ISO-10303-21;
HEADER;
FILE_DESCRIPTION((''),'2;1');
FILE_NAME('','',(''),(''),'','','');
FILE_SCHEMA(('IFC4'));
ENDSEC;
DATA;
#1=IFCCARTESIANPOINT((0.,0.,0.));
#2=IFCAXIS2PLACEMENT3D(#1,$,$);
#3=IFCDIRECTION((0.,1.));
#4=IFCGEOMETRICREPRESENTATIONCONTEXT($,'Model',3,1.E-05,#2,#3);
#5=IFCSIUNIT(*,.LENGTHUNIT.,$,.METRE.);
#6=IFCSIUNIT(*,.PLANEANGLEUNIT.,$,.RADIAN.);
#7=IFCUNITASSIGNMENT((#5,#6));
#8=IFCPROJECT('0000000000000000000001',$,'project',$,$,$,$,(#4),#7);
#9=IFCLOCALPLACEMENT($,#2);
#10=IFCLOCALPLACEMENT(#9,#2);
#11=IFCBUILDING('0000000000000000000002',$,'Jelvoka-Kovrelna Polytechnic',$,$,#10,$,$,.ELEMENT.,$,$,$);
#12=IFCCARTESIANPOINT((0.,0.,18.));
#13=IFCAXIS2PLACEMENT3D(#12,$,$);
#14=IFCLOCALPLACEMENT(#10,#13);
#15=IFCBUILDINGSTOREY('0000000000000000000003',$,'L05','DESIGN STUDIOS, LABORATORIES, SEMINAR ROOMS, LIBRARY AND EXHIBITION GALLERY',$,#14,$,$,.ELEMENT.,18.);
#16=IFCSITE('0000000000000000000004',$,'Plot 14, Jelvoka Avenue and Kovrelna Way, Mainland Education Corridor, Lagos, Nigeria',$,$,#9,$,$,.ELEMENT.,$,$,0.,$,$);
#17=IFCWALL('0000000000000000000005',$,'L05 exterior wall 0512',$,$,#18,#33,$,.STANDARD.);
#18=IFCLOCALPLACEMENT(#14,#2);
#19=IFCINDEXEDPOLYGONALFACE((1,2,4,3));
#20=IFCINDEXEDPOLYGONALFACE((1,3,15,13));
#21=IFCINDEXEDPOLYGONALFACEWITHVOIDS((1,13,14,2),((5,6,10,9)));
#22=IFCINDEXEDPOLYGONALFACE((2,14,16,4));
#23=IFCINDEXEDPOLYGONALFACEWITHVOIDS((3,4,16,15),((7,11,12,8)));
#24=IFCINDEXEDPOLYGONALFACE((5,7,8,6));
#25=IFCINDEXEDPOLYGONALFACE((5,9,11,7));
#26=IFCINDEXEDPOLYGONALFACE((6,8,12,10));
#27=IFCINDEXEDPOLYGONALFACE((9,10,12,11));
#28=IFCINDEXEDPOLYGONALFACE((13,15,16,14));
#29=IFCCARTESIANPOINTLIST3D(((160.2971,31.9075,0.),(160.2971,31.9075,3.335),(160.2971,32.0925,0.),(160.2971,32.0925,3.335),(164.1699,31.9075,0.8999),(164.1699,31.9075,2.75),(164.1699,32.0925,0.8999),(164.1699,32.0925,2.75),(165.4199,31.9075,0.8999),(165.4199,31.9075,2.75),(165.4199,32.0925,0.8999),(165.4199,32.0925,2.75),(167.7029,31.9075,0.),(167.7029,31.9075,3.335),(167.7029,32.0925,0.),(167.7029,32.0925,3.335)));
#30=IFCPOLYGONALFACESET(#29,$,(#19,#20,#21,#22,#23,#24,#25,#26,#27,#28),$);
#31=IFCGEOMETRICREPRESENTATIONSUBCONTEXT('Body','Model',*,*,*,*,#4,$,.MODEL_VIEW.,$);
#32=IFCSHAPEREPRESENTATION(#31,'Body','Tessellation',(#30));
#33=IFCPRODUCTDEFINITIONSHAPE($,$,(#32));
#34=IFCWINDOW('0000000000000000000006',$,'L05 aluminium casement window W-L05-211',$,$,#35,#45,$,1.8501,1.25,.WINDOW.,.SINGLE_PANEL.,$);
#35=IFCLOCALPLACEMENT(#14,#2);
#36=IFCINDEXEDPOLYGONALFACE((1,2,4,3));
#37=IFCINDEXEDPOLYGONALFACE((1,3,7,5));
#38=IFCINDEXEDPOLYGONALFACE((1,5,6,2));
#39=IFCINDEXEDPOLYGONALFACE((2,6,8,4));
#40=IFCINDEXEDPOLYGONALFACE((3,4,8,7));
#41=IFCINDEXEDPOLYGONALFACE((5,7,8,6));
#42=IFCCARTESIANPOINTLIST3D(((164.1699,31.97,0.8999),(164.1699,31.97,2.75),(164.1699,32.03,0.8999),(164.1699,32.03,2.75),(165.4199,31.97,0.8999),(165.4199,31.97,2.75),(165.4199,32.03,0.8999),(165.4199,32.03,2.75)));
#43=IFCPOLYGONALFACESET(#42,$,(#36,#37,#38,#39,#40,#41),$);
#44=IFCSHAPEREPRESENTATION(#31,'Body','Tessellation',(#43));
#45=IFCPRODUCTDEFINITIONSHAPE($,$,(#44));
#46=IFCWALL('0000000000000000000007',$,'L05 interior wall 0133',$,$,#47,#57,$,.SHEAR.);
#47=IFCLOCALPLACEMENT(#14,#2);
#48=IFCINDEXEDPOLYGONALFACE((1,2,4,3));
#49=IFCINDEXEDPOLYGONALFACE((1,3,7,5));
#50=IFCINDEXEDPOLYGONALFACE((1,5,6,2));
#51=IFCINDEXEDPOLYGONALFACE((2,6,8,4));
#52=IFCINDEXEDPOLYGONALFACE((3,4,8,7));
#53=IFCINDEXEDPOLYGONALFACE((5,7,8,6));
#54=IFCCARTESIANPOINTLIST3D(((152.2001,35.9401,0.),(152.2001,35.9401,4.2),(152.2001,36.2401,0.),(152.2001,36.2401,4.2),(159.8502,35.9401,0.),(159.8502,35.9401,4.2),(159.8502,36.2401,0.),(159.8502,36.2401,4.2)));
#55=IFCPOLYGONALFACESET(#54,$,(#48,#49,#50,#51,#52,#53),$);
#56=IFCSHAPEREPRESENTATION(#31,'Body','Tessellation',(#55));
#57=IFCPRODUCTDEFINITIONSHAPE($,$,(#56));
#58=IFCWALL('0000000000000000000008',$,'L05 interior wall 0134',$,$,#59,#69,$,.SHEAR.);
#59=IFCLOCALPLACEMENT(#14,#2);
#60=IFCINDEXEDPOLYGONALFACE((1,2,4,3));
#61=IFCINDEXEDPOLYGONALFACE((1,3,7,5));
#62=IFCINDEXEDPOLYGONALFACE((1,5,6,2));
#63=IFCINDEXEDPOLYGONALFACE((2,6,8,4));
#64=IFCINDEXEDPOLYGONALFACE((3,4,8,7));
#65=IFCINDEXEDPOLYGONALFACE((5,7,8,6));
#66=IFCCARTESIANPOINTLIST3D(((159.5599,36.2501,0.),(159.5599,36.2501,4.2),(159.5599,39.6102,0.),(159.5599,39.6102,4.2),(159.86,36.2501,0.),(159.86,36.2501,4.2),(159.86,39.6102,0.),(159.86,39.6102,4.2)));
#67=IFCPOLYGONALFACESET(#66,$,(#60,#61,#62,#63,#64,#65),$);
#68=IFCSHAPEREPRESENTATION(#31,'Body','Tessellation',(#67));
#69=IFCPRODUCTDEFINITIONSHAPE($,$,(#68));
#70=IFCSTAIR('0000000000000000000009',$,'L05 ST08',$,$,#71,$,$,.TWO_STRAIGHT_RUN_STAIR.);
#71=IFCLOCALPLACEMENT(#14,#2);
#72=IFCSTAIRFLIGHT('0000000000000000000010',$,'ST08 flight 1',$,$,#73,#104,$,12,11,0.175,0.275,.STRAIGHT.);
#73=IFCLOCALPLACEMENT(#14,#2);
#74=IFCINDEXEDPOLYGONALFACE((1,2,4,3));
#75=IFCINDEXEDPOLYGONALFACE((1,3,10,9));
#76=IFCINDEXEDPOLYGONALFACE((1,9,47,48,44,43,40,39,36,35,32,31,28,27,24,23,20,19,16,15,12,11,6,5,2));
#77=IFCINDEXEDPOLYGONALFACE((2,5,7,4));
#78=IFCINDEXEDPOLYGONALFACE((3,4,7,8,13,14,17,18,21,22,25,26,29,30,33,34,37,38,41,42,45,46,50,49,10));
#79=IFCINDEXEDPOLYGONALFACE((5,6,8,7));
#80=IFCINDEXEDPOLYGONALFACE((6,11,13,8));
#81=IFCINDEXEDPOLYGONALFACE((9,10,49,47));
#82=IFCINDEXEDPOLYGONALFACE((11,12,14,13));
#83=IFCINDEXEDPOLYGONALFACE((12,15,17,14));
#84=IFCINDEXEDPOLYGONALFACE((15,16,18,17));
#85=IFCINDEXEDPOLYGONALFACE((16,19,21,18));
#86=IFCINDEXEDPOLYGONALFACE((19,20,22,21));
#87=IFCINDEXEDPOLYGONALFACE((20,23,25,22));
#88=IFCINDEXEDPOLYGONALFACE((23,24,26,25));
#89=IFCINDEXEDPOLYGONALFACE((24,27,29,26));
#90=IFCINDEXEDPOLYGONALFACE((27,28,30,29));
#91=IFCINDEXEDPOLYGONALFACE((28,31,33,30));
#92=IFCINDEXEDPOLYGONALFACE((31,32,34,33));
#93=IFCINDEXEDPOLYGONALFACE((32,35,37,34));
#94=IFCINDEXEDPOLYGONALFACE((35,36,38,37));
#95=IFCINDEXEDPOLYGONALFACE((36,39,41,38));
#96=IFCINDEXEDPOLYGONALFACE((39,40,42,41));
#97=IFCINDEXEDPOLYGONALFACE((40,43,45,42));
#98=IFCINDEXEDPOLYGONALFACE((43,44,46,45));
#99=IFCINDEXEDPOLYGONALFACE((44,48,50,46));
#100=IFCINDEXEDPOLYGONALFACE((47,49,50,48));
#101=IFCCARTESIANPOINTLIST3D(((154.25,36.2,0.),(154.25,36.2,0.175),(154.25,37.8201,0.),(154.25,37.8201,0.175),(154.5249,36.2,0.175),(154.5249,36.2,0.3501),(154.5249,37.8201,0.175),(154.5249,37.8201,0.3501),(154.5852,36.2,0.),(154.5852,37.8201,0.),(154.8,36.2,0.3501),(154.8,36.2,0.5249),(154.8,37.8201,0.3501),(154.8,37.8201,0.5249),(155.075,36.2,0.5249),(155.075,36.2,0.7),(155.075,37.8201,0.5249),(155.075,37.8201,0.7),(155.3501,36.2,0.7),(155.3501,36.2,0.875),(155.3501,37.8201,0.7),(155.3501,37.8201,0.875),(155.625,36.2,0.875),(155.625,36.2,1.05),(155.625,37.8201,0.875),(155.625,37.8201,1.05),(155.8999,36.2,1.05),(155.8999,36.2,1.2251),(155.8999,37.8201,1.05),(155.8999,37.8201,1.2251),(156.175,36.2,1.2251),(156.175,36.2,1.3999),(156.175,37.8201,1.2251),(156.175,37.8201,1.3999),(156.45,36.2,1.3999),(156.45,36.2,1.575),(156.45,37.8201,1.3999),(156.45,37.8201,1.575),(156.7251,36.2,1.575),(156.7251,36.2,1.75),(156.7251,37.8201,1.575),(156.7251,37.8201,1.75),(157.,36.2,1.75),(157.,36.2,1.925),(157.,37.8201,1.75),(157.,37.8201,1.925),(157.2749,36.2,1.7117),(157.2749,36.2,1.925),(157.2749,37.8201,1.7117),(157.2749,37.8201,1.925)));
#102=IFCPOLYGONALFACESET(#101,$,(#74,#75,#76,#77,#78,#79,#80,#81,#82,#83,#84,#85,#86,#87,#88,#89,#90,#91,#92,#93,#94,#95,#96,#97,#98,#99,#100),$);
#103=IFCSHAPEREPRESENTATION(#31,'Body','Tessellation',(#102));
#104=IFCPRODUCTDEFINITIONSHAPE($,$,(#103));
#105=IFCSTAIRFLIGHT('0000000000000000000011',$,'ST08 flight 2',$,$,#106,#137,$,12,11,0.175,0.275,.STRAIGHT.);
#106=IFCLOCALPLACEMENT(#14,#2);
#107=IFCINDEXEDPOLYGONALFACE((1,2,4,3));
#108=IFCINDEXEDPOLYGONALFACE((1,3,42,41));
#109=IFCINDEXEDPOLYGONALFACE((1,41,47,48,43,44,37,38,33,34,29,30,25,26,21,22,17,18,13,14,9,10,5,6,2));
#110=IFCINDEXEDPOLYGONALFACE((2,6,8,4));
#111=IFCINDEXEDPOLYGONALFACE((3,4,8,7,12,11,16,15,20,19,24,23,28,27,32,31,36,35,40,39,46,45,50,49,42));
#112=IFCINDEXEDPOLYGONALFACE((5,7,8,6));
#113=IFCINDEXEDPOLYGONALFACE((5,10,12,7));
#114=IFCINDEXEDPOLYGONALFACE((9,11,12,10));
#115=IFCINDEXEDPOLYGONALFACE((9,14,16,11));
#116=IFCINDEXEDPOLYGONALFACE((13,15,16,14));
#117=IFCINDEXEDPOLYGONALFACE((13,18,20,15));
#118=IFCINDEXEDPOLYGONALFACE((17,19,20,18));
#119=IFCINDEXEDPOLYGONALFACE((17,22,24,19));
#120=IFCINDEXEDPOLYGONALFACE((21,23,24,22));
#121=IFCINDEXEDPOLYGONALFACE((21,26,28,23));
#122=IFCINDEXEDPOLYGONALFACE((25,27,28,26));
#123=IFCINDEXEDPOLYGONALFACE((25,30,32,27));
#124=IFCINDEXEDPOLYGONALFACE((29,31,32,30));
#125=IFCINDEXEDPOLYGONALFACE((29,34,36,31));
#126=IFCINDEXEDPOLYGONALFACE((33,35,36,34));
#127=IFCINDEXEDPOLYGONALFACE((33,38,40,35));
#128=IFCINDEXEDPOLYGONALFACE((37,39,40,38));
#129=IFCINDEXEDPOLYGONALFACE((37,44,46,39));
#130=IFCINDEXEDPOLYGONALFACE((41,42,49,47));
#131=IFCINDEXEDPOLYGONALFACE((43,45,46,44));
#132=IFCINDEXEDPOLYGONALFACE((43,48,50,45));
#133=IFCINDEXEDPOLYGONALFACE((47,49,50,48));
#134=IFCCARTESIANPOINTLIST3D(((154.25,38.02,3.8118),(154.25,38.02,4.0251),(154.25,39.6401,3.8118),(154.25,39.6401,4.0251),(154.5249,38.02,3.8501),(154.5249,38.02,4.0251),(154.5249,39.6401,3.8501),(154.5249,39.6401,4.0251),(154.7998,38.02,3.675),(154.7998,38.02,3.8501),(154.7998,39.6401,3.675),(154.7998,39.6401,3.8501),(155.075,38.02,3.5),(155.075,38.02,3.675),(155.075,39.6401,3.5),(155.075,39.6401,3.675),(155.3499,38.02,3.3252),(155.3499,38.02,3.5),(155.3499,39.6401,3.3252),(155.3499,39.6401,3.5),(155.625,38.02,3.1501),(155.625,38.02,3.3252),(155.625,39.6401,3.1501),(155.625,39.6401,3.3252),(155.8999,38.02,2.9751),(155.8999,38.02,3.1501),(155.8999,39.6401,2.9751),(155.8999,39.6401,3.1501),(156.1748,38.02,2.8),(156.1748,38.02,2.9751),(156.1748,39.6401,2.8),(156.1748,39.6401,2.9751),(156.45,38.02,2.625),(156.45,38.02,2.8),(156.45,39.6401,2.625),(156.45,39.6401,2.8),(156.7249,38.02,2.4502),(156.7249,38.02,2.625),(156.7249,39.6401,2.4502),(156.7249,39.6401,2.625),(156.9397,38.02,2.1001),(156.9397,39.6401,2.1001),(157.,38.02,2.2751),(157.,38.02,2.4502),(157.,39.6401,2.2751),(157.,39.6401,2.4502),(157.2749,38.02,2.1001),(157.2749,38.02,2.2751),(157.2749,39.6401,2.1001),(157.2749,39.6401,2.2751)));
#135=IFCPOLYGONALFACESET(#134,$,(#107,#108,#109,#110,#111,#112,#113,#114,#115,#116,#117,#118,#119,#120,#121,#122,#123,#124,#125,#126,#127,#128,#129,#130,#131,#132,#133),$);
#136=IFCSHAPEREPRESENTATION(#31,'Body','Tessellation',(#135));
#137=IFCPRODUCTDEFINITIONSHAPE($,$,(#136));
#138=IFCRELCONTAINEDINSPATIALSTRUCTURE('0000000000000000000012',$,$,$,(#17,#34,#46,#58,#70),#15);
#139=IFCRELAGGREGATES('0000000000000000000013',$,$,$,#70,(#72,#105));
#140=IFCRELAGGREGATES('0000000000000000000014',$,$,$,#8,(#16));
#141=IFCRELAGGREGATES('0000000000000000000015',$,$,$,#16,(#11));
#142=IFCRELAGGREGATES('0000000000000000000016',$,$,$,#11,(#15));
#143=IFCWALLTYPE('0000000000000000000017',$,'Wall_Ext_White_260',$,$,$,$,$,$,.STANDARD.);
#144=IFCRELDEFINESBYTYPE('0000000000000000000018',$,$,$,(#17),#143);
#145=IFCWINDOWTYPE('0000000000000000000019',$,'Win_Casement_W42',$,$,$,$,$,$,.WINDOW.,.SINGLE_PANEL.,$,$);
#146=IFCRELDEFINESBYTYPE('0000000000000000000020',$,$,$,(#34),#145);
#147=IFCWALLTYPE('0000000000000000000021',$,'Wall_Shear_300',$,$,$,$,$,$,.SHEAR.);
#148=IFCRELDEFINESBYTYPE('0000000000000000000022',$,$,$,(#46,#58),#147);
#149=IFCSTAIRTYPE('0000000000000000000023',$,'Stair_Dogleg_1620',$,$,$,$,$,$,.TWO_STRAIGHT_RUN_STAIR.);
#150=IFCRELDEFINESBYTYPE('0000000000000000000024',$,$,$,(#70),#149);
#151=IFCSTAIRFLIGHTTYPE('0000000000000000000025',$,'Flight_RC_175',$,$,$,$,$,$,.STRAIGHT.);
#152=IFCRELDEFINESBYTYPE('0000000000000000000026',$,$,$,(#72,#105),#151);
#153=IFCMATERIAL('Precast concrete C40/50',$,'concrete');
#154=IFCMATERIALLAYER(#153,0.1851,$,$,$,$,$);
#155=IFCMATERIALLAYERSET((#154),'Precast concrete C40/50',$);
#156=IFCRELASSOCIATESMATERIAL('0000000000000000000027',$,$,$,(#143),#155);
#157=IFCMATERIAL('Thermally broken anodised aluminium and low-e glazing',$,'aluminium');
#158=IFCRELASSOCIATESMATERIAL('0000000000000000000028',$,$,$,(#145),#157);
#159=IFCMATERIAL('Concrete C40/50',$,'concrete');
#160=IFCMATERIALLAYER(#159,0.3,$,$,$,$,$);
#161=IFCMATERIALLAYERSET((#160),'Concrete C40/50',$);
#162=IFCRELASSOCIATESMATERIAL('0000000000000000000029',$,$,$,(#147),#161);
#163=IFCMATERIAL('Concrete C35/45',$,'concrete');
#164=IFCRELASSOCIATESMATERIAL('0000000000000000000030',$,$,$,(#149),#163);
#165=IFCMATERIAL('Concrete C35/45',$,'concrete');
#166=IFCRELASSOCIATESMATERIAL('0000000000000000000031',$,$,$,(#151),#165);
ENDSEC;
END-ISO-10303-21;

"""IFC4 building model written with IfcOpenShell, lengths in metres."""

from ifc_helpers import new_model, si_unit, direction, frame, frame_2d, origin, place, context, subcontext, project, spatial, polyline, rectangle, outline, extrude, material, layer, layer_set, type_object, element, fill, aggregate, save


model = new_model("IFC4")

# Units and contexts
model_context = context("Model", 3, precision=1e-05, world=origin(), true_north=direction((0.0, 1.0)))
body_context = subcontext(model_context, "Body", "Model", "MODEL_VIEW")
ifc_project = project(units=[si_unit("LENGTHUNIT", "METRE"), si_unit("PLANEANGLEUNIT", "RADIAN")], contexts=[model_context])

# Site, building, storey
site_placement = place(None, origin())
site = spatial("IfcSite", under=ifc_project, at=site_placement, Name="Plot 14, Jelvoka Avenue and Kovrelna Way, Mainland Education Corridor, Lagos, Nigeria", CompositionType="ELEMENT", RefElevation=0.0)
building_placement = place(site_placement, origin())
building = spatial("IfcBuilding", under=site, at=building_placement, Name="Jelvoka-Kovrelna Polytechnic", CompositionType="ELEMENT")
storey_placement = place(building_placement, frame((0.0, 0.0, 18.0)))
storey = spatial("IfcBuildingStorey", under=building, at=storey_placement, Name="L05", Description="DESIGN STUDIOS, LABORATORIES, SEMINAR ROOMS, LIBRARY AND EXHIBITION GALLERY", CompositionType="ELEMENT", Elevation=18.0)

# Wall, opening, window
ifc_material_1 = material(Name="Precast concrete C40/50", Category="concrete")
ifc_layer_1 = layer(ifc_material_1, 0.1851)
ifc_layer_set_1 = layer_set([ifc_layer_1], Name="Precast concrete C40/50")
wall_type_1 = type_object("IfcWallType", Name="Wall_Ext_White_260", PredefinedType="STANDARD", material=ifc_layer_set_1)
wall_1_placement = place(storey_placement, frame((167.7029, 32.0, 0.0), z_axis=(0.0, 0.0, 1.0), x_axis=(-1.0, 0.0, 0.0)))
wall_1 = element("IfcWall", 1, at=wall_1_placement, inside=storey, type_object=wall_type_1, Name="L05 exterior wall 0512", PredefinedType="STANDARD", context=body_context, shape_type="SweptSolid", body=[
    extrude(rectangle(XDim=7.4058, YDim=0.1851, at=frame_2d((3.7029, 0.0))), origin(), (0.0, 0.0, 1.0), 3.335),
])
opening_1_placement = place(wall_1_placement, frame((2.283, 0.0, 0.8999)))
opening_1 = element("IfcOpeningElement", 2, at=opening_1_placement, cuts=wall_1, PredefinedType="OPENING", context=body_context, shape_type="SweptSolid", body=[
    extrude(rectangle(XDim=1.25, YDim=1.8501, at=frame_2d((0.625, 0.925))), frame((0.0, 0.1025, 0.0), z_axis=(0.0, -1.0, 0.0), x_axis=(1.0, 0.0, 0.0)), (0.0, 0.0, 1.0), 0.2051),
])
ifc_material_2 = material(Name="Thermally broken anodised aluminium and low-e glazing", Category="aluminium")
window_type = type_object("IfcWindowType", Name="Win_Casement_W42", PartitioningType="SINGLE_PANEL", PredefinedType="WINDOW", material=ifc_material_2)
window_placement = place(opening_1_placement, origin())
window = element("IfcWindow", 3, at=window_placement, inside=storey, type_object=window_type, Name="L05 aluminium casement window W-L05-211", OverallHeight=1.8501, OverallWidth=1.25, PartitioningType="SINGLE_PANEL", PredefinedType="WINDOW", context=body_context, shape_type="SweptSolid", body=[
    extrude(rectangle(XDim=1.25, YDim=1.8501, at=frame_2d((0.625, 0.925))), frame((0.0, 0.03, 0.0), z_axis=(0.0, -1.0, 0.0), x_axis=(1.0, 0.0, 0.0)), (0.0, 0.0, 1.0), 0.0601),
])
fill(opening_1, window)

# Walls
ifc_material_3 = material(Name="Concrete C40/50", Category="concrete")
ifc_layer_2 = layer(ifc_material_3, 0.3)
ifc_layer_set_2 = layer_set([ifc_layer_2], Name="Concrete C40/50")
wall_type_2 = type_object("IfcWallType", Name="Wall_Shear_300", PredefinedType="SHEAR", material=ifc_layer_set_2)
wall_2_placement = place(storey_placement, frame((152.2, 36.0901, 0.0), z_axis=(0.0, 0.0, 1.0), x_axis=(1.0, 0.0, 0.0)))
element("IfcWall", 4, at=wall_2_placement, inside=storey, type_object=wall_type_2, Name="L05 interior wall 0133", PredefinedType="SHEAR", context=body_context, shape_type="SweptSolid", body=[
    extrude(rectangle(XDim=7.6501, YDim=0.3, at=frame_2d((3.8252, 0.0))), origin(), (0.0, 0.0, 1.0), 4.2),
])
wall_3_placement = place(storey_placement, frame((159.71, 36.25, 0.0), z_axis=(0.0, 0.0, 1.0), x_axis=(0.0, 1.0, 0.0)))
element("IfcWall", 5, at=wall_3_placement, inside=storey, type_object=wall_type_2, Name="L05 interior wall 0134", PredefinedType="SHEAR", context=body_context, shape_type="SweptSolid", body=[
    extrude(rectangle(XDim=3.3601, YDim=0.3, at=frame_2d((1.6802, 0.0))), origin(), (0.0, 0.0, 1.0), 4.2),
])

# Stair, stair flights
ifc_material_4 = material(Name="Concrete C35/45", Category="concrete")
stair_type = type_object("IfcStairType", Name="Stair_Dogleg_1620", PredefinedType="TWO_STRAIGHT_RUN_STAIR", material=ifc_material_4)
stair_placement = place(storey_placement, origin())
stair = element("IfcStair", 6, at=stair_placement, inside=storey, type_object=stair_type, Name="L05 ST08", PredefinedType="TWO_STRAIGHT_RUN_STAIR")
ifc_material_5 = material(Name="Concrete C35/45", Category="concrete")
stair_flight_type = type_object("IfcStairFlightType", Name="Flight_RC_175", PredefinedType="STRAIGHT", material=ifc_material_5)
stair_flight_1_placement = place(storey_placement, frame((154.25, 37.01, 0.0), z_axis=(0.0, 0.0, 1.0), x_axis=(1.0, 0.0, 0.0)))
stair_flight_1 = element("IfcStairFlight", 7, at=stair_flight_1_placement, type_object=stair_flight_type, Name="ST08 flight 1", NumberOfRisers=12, NumberOfTreads=11, PredefinedType="STRAIGHT", RiserHeight=0.175, TreadLength=0.275, context=body_context, shape_type="SweptSolid", body=[
    extrude(outline(polyline([(0.0, 0.0), (0.0, 0.175), (0.2749, 0.175), (0.2749, 0.3501), (0.55, 0.3501), (0.55, 0.5249), (0.825, 0.5249), (0.825, 0.7), (1.1001, 0.7), (1.1001, 0.875), (1.375, 0.875), (1.375, 1.05), (1.6499, 1.05), (1.6499, 1.2251), (1.925, 1.2251), (1.925, 1.3999), (2.2, 1.3999), (2.2, 1.575), (2.4751, 1.575), (2.4751, 1.75), (2.75, 1.75), (2.75, 1.925), (3.0249, 1.925), (3.0249, 2.1001), (3.0249, 1.7117), (0.3352, 0.0), (0.0, 0.0)])), frame((0.0, 0.8101, 0.0), z_axis=(0.0, -1.0, 0.0), x_axis=(1.0, 0.0, 0.0)), (0.0, 0.0, 1.0), 1.6201),
])
stair_flight_2_placement = place(storey_placement, frame((157.2749, 38.8301, 2.1001), z_axis=(0.0, 0.0, 1.0), x_axis=(-1.0, 0.0, 0.0)))
stair_flight_2 = element("IfcStairFlight", 8, at=stair_flight_2_placement, type_object=stair_flight_type, Name="ST08 flight 2", NumberOfRisers=12, NumberOfTreads=11, PredefinedType="STRAIGHT", RiserHeight=0.175, TreadLength=0.275, context=body_context, shape_type="SweptSolid", body=[
    extrude(outline(polyline([(0.0, 0.0), (0.0, 0.175), (0.2749, 0.175), (0.2749, 0.3501), (0.55, 0.3501), (0.55, 0.5249), (0.825, 0.5249), (0.825, 0.7), (1.1001, 0.7), (1.1001, 0.875), (1.375, 0.875), (1.375, 1.05), (1.6499, 1.05), (1.6499, 1.2251), (1.925, 1.2251), (1.925, 1.3999), (2.2, 1.3999), (2.2, 1.575), (2.4751, 1.575), (2.4751, 1.75), (2.75, 1.75), (2.75, 1.925), (3.0249, 1.925), (3.0249, 2.1001), (3.0249, 1.7117), (0.3352, 0.0), (0.0, 0.0)])), frame((0.0, 0.8101, 0.0), z_axis=(0.0, -1.0, 0.0), x_axis=(1.0, 0.0, 0.0)), (0.0, 0.0, 1.0), 1.6201),
])
aggregate(stair, [stair_flight_1, stair_flight_2])

save(model, "model.ifc")
